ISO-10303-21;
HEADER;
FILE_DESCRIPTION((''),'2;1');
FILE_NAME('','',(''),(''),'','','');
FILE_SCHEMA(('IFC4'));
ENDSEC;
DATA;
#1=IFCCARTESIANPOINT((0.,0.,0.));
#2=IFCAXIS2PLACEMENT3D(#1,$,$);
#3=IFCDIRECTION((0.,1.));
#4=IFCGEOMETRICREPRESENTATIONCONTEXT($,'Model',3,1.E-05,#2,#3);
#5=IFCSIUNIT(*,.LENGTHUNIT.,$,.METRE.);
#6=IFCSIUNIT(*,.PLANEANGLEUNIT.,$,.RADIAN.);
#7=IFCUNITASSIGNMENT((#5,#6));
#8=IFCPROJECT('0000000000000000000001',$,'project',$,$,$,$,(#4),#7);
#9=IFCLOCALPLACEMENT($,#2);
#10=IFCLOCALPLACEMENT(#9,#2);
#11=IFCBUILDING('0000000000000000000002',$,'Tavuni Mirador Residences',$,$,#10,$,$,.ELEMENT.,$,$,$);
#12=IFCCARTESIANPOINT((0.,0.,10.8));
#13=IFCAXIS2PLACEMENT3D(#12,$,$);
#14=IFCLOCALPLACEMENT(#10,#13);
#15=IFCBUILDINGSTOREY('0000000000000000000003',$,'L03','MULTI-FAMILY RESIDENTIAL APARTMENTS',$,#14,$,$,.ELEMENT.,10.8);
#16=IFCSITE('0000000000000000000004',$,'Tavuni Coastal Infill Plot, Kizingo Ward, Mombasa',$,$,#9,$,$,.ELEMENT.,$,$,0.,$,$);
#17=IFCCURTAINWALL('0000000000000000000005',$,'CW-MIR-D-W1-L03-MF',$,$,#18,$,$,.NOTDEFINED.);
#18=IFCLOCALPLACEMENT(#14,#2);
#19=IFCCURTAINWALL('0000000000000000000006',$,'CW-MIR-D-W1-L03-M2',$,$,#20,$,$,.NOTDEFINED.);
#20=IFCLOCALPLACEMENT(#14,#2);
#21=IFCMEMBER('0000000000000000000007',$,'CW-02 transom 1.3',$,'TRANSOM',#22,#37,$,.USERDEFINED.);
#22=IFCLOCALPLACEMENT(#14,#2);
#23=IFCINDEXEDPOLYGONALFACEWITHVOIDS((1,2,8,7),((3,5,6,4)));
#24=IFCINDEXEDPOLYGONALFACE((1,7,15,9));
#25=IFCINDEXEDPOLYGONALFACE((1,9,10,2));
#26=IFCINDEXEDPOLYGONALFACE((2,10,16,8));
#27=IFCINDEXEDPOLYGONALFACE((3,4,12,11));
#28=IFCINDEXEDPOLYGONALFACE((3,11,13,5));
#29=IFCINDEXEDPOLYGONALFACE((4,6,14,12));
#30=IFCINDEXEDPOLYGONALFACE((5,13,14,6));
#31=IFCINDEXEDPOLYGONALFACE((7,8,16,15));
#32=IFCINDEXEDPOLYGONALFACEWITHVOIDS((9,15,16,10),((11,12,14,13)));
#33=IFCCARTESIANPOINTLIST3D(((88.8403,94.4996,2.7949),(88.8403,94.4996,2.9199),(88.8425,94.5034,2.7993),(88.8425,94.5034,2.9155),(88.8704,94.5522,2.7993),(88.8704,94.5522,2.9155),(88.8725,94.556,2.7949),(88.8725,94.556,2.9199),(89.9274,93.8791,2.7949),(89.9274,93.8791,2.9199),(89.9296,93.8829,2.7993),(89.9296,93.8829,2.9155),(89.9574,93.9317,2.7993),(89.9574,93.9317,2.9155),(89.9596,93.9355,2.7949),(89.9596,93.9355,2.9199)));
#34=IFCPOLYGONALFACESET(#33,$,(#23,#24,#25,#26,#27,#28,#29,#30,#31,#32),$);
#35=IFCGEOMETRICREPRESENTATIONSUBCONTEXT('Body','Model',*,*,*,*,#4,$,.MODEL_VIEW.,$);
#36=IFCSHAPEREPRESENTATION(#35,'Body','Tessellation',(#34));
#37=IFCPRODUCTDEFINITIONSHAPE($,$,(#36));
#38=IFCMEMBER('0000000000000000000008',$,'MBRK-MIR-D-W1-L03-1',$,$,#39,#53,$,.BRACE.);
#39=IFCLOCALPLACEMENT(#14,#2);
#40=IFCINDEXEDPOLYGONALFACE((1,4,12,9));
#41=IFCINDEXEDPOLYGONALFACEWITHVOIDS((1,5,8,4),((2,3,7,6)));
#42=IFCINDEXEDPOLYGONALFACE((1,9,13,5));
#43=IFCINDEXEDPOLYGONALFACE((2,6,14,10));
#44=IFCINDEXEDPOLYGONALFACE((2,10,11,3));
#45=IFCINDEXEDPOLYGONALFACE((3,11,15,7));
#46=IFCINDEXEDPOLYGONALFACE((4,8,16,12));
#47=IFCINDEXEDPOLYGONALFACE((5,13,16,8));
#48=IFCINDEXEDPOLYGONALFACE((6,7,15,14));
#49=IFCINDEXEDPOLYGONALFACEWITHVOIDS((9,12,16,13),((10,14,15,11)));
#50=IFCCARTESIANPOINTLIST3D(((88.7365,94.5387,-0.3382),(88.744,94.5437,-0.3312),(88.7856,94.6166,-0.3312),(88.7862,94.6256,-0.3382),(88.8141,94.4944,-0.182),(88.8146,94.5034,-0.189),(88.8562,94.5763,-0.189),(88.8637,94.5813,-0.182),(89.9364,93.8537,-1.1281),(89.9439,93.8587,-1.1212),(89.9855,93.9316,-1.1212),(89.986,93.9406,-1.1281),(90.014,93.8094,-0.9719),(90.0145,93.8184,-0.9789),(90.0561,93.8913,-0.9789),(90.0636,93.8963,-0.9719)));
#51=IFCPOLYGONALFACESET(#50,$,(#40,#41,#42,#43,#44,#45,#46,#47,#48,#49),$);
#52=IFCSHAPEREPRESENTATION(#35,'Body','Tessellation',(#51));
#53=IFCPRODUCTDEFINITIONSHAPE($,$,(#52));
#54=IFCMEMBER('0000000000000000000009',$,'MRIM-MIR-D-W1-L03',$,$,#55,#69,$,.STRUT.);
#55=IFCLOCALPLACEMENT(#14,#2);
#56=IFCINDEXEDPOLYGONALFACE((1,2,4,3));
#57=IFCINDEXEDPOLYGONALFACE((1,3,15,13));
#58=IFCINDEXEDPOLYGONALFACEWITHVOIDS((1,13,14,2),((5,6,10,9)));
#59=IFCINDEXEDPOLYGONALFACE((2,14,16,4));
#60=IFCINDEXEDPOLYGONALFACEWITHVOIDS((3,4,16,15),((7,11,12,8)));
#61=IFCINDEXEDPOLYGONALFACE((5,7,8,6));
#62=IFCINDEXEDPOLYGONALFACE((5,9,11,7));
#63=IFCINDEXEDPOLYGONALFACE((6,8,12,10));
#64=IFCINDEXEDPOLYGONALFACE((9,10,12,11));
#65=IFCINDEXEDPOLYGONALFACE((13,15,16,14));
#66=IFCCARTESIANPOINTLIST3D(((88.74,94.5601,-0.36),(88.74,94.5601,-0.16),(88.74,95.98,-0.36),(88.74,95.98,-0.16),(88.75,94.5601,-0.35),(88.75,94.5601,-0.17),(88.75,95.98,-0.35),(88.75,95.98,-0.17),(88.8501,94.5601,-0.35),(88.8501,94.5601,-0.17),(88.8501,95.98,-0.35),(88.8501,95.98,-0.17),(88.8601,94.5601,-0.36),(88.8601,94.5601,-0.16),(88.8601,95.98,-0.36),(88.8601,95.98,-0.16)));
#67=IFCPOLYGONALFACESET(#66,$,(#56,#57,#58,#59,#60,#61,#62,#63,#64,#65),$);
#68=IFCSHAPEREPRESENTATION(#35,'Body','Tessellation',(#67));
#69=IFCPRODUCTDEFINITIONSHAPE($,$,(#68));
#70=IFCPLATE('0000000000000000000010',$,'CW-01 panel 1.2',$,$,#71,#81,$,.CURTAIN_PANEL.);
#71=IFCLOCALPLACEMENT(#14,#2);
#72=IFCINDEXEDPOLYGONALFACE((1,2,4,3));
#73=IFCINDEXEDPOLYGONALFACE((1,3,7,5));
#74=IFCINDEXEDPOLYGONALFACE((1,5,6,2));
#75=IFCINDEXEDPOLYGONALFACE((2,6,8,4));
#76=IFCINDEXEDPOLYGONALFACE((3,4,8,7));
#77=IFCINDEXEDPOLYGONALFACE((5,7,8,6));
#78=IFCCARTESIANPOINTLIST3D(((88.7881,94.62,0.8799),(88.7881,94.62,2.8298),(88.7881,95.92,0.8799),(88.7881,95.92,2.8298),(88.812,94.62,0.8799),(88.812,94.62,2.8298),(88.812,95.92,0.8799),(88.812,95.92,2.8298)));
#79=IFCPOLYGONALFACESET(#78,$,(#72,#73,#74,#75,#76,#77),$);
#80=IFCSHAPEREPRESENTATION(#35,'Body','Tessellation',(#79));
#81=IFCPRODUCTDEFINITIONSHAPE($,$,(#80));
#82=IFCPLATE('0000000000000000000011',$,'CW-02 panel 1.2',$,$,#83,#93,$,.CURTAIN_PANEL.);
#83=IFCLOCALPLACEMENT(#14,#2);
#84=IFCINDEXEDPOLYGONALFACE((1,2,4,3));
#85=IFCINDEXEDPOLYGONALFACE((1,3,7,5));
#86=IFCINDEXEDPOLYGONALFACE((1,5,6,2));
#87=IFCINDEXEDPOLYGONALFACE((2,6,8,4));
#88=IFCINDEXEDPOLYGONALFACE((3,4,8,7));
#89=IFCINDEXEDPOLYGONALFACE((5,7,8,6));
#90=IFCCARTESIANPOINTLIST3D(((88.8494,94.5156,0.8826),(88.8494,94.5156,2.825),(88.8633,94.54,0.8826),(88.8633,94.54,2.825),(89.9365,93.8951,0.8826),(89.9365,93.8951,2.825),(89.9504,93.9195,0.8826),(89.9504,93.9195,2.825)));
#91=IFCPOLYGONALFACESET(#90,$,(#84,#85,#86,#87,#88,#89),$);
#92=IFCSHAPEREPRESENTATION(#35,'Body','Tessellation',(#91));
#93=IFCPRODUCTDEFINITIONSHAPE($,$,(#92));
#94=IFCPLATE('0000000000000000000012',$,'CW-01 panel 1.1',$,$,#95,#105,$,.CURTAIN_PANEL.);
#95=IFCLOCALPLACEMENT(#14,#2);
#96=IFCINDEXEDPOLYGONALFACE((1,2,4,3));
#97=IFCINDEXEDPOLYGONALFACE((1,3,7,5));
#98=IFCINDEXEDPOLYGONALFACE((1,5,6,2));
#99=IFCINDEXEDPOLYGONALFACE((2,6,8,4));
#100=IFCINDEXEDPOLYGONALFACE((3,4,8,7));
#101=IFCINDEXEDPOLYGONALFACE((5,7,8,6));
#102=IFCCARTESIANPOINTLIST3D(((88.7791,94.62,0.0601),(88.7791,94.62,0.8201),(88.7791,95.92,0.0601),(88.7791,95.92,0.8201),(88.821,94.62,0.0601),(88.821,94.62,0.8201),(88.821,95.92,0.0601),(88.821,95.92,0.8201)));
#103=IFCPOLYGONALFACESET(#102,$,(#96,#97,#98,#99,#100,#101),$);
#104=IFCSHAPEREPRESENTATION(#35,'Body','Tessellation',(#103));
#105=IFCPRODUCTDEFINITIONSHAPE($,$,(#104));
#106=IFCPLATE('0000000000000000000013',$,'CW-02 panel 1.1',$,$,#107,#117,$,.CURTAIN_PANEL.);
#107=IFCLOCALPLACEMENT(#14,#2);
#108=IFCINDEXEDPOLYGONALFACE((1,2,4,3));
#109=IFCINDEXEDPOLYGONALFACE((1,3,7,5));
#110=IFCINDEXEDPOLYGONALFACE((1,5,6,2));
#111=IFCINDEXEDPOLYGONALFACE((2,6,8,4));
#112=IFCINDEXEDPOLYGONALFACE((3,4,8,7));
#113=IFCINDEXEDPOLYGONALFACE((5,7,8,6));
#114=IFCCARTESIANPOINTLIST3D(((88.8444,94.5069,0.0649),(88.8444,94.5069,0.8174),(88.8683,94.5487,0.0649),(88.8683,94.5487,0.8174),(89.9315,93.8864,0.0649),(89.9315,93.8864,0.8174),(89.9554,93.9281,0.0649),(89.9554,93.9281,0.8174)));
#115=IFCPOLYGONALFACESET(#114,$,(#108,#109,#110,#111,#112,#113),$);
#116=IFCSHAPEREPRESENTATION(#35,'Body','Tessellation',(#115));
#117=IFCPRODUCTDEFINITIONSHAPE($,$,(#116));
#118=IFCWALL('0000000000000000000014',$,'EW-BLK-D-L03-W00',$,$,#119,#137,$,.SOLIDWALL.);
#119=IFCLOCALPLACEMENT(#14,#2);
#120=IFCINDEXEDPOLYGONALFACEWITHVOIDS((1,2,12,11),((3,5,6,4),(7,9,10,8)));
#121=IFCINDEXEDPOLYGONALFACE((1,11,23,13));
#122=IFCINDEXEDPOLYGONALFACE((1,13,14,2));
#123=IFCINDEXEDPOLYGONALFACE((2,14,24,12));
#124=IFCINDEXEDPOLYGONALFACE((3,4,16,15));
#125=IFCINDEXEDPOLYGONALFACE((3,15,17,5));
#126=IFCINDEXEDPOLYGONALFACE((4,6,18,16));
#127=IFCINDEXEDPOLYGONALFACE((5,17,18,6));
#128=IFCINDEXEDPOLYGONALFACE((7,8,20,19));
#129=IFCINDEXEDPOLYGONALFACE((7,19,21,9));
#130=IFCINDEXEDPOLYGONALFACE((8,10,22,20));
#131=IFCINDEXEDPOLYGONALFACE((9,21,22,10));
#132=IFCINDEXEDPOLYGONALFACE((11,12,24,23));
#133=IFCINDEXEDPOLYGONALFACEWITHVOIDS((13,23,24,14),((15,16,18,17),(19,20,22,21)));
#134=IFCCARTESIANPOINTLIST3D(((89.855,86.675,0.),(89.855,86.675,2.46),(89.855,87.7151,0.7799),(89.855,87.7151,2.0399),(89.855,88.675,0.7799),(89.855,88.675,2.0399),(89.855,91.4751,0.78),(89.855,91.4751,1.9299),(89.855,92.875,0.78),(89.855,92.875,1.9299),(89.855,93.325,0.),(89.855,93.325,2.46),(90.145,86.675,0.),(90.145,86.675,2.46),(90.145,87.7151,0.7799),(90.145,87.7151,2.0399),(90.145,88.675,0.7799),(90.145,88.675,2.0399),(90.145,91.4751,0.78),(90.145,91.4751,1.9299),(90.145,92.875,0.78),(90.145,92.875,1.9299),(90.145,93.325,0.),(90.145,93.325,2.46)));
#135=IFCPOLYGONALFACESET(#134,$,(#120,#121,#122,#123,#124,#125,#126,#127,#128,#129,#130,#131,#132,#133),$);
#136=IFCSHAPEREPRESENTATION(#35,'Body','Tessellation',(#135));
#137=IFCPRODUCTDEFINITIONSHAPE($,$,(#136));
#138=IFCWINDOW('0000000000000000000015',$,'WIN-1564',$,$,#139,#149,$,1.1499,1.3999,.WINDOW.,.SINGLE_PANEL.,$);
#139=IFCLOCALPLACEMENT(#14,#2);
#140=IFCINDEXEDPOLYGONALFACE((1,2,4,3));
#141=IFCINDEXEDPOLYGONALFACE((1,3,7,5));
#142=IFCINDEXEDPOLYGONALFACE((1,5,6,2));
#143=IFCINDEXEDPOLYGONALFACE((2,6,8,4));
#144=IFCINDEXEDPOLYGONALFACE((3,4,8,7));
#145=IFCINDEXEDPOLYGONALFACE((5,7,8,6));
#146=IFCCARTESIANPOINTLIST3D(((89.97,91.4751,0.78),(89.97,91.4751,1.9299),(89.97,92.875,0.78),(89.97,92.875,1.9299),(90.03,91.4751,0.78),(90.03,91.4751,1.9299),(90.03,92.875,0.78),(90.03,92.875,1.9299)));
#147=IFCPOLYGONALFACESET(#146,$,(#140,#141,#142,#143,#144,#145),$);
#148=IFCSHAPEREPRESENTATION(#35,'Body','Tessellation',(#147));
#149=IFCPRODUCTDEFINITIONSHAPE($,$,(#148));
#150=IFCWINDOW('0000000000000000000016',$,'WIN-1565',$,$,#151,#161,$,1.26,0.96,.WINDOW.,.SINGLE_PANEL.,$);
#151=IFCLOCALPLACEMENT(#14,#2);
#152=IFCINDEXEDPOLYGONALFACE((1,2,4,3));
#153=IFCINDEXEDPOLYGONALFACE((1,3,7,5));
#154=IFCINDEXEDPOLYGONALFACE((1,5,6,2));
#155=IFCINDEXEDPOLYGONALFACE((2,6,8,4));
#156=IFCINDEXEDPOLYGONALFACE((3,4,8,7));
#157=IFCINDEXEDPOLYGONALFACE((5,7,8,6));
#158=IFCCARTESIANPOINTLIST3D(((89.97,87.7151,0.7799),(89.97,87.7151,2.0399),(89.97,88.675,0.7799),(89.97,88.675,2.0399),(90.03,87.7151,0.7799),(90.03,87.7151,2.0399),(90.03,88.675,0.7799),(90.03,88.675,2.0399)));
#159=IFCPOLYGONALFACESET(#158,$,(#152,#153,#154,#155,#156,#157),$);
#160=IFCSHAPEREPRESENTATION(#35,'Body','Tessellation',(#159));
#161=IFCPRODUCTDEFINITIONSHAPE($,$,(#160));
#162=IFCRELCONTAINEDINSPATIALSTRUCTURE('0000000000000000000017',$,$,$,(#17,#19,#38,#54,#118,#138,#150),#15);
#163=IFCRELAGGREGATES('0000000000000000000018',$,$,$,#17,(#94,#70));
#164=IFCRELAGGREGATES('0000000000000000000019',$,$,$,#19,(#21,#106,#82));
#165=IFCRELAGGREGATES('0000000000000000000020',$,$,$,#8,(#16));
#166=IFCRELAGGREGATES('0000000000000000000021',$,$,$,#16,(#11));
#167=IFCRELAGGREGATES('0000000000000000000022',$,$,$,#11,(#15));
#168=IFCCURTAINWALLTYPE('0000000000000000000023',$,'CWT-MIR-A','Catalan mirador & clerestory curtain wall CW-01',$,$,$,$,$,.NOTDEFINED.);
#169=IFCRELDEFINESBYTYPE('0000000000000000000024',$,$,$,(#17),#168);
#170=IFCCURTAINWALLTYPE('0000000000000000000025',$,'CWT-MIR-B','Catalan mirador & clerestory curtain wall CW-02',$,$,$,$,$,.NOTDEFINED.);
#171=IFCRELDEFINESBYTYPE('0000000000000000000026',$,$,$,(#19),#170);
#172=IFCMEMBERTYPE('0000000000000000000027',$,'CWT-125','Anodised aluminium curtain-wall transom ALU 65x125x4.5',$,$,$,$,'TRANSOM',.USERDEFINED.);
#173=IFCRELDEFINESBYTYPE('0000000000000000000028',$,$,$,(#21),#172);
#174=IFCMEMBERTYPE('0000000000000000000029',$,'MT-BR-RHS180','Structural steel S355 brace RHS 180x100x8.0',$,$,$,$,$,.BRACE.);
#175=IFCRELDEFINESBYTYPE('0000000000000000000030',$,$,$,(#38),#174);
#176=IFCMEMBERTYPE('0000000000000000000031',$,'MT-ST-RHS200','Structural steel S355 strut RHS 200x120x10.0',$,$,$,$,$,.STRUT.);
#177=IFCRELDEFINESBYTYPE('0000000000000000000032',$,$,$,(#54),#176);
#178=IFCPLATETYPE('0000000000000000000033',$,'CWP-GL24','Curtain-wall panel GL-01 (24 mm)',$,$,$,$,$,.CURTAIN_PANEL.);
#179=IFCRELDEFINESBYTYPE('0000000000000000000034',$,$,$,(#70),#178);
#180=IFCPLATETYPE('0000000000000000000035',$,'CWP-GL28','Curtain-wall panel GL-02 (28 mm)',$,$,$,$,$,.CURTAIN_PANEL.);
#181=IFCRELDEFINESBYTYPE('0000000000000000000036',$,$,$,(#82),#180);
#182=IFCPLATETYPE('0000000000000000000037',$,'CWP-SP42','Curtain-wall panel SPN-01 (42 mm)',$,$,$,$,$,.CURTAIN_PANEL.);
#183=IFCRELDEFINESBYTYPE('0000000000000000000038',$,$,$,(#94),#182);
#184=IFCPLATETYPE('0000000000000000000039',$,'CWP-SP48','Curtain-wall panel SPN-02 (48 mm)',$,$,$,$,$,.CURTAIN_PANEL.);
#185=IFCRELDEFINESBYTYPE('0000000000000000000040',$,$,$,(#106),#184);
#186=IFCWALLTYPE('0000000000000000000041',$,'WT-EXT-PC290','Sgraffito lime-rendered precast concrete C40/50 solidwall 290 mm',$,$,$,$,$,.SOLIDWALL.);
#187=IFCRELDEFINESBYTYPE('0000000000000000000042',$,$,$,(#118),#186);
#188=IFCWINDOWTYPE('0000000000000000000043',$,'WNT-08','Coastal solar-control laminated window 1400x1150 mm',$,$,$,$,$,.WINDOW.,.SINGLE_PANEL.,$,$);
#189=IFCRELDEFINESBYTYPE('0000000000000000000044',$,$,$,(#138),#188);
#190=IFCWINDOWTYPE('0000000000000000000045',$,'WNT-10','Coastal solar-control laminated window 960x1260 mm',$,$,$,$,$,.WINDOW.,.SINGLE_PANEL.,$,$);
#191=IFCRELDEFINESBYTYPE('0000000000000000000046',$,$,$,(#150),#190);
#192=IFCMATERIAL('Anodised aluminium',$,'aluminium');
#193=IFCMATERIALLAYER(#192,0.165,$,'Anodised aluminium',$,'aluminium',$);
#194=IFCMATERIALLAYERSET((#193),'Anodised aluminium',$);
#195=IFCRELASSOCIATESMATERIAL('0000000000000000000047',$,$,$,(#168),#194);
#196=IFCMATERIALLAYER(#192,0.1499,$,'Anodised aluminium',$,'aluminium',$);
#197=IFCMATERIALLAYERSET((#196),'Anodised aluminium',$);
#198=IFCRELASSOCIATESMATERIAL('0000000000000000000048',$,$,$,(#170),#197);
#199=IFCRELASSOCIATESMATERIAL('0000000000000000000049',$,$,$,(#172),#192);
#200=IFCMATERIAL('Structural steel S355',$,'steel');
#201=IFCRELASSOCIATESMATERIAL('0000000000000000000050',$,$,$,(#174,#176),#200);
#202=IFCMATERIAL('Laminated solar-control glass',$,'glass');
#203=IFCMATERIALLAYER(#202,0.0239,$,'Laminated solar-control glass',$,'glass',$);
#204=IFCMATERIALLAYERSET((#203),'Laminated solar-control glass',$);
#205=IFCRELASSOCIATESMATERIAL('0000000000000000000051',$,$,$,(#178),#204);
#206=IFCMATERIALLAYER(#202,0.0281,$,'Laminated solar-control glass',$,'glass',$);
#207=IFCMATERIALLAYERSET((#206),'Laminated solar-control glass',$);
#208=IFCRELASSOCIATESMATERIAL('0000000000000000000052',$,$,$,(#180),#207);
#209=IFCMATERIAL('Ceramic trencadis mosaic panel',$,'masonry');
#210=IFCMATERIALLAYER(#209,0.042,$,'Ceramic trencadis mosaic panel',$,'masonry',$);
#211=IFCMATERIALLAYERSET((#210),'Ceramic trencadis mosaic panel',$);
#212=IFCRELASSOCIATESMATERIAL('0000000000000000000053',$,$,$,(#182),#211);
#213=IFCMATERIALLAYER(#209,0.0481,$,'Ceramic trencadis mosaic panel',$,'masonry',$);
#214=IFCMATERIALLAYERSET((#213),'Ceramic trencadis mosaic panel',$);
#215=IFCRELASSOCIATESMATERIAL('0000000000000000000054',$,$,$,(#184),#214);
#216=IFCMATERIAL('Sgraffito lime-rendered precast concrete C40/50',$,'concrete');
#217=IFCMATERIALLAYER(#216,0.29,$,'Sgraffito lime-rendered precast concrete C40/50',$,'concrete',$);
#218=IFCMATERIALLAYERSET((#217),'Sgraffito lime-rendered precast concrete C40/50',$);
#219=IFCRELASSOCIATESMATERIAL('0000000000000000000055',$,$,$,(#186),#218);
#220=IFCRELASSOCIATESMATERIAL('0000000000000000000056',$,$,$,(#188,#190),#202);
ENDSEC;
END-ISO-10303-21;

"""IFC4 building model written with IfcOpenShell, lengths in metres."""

from ifc_helpers import new_model, si_unit, direction, frame, frame_2d, origin, origin_2d, place, context, subcontext, project, spatial, rectangle, hollow_rectangle, extrude, material, layer, layer_set, material_profile, profile_set, type_object, element, fill, aggregate, save


model = new_model("IFC4")

# Units and contexts
model_context = context("Model", 3, precision=1e-05, world=origin(), true_north=direction((0.0, 1.0)))
body_context = subcontext(model_context, "Body", "Model", "MODEL_VIEW")
ifc_project = project(units=[si_unit("LENGTHUNIT", "METRE"), si_unit("PLANEANGLEUNIT", "RADIAN")], contexts=[model_context])

# Site, building, storey
site_placement = place(None, origin())
site = spatial("IfcSite", under=ifc_project, at=site_placement, Name="Tavuni Coastal Infill Plot, Kizingo Ward, Mombasa", CompositionType="ELEMENT", RefElevation=0.0)
building_placement = place(site_placement, origin())
building = spatial("IfcBuilding", under=site, at=building_placement, Name="Tavuni Mirador Residences", CompositionType="ELEMENT")
storey_placement = place(building_placement, frame((0.0, 0.0, 10.8)))
storey = spatial("IfcBuildingStorey", under=building, at=storey_placement, Name="L03", Description="MULTI-FAMILY RESIDENTIAL APARTMENTS", CompositionType="ELEMENT", Elevation=10.8)

# Curtain wall
ifc_material_1 = material(Name="Anodised aluminium", Category="aluminium")
ifc_layer_1 = layer(ifc_material_1, 0.165, Name="Anodised aluminium", Category="aluminium")
ifc_layer_set_1 = layer_set([ifc_layer_1], Name="Anodised aluminium")
curtain_wall_type_1 = type_object("IfcCurtainWallType", Name="CWT-MIR-A", Description="Catalan mirador & clerestory curtain wall CW-01", PredefinedType="NOTDEFINED", material=ifc_layer_set_1)
curtain_wall_1_placement = place(storey_placement, origin())
curtain_wall_1 = element("IfcCurtainWall", 1, at=curtain_wall_1_placement, inside=storey, type_object=curtain_wall_type_1, Name="CW-MIR-D-W1-L03-MF", PredefinedType="NOTDEFINED")

# Curtain wall
ifc_layer_2 = layer(ifc_material_1, 0.1499, Name="Anodised aluminium", Category="aluminium")
ifc_layer_set_2 = layer_set([ifc_layer_2], Name="Anodised aluminium")
curtain_wall_type_2 = type_object("IfcCurtainWallType", Name="CWT-MIR-B", Description="Catalan mirador & clerestory curtain wall CW-02", PredefinedType="NOTDEFINED", material=ifc_layer_set_2)
curtain_wall_2_placement = place(storey_placement, origin())
curtain_wall_2 = element("IfcCurtainWall", 2, at=curtain_wall_2_placement, inside=storey, type_object=curtain_wall_type_2, Name="CW-MIR-D-W1-L03-M2", PredefinedType="NOTDEFINED")

# Member
ifc_material_profile_1 = material_profile(ifc_material_1, hollow_rectangle(XDim=0.0649, YDim=0.125, WallThickness=0.0044, at=origin_2d()), Name="ALU 65x125x4.5", Category="aluminium")
ifc_profile_set_1 = profile_set([ifc_material_profile_1], Name="Anodised aluminium")
member_type_1 = type_object("IfcMemberType", Name="CWT-125", Description="Anodised aluminium curtain-wall transom ALU 65x125x4.5", ElementType="TRANSOM", PredefinedType="USERDEFINED", material=ifc_profile_set_1)
member_1_placement = place(storey_placement, frame((88.8564, 94.5278, 2.8574), z_axis=(0.868459, -0.495761, 0.0), x_axis=(0.495761, 0.868459, 0.0)))
member_1 = element("IfcMember", 3, at=member_1_placement, type_object=member_type_1, Name="CW-02 transom 1.3", ObjectType="TRANSOM", PredefinedType="USERDEFINED", context=body_context, shape_type="SweptSolid", body=[
    extrude(hollow_rectangle(XDim=0.0649, YDim=0.125, WallThickness=0.0044, at=origin_2d()), origin(), (0.0, 0.0, 1.0), 1.2517),
])

# Members
ifc_material_2 = material(Name="Structural steel S355", Category="steel")
ifc_material_profile_2 = material_profile(ifc_material_2, hollow_rectangle(XDim=0.1001, YDim=0.1799, WallThickness=0.0081, at=origin_2d()), Name="RHS 180x100x8.0", Category="steel")
ifc_profile_set_2 = profile_set([ifc_material_profile_2], Name="Structural steel S355")
member_type_2 = type_object("IfcMemberType", Name="MT-BR-RHS180", Description="Structural steel S355 brace RHS 180x100x8.0", PredefinedType="BRACE", material=ifc_profile_set_2)
member_2_placement = place(storey_placement, frame((90.0, 93.875, -1.05), z_axis=(-0.753904, 0.430408, 0.496365), x_axis=(-0.495796, -0.868439, 0.0)))
element("IfcMember", 4, at=member_2_placement, inside=storey, type_object=member_type_2, Name="MBRK-MIR-D-W1-L03-1", PredefinedType="BRACE", context=body_context, shape_type="SweptSolid", body=[
    extrude(hollow_rectangle(XDim=0.1001, YDim=0.1799, WallThickness=0.0081, at=origin_2d()), origin(), (0.0, 0.0, 1.0), 1.5916),
])
ifc_material_profile_3 = material_profile(ifc_material_2, hollow_rectangle(XDim=0.1201, YDim=0.2, WallThickness=0.01, at=origin_2d()), Name="RHS 200x120x10.0", Category="steel")
ifc_profile_set_3 = profile_set([ifc_material_profile_3], Name="Structural steel S355")
member_type_3 = type_object("IfcMemberType", Name="MT-ST-RHS200", Description="Structural steel S355 strut RHS 200x120x10.0", PredefinedType="STRUT", material=ifc_profile_set_3)
member_3_placement = place(storey_placement, frame((88.8, 94.5601, -0.26), z_axis=(0.0, 1.0, 0.0), x_axis=(-1.0, 0.0, 0.0)))
element("IfcMember", 5, at=member_3_placement, inside=storey, type_object=member_type_3, Name="MRIM-MIR-D-W1-L03", PredefinedType="STRUT", context=body_context, shape_type="SweptSolid", body=[
    extrude(hollow_rectangle(XDim=0.1201, YDim=0.2, WallThickness=0.01, at=origin_2d()), origin(), (0.0, 0.0, 1.0), 1.4199),
])

# Plates
ifc_material_3 = material(Name="Laminated solar-control glass", Category="glass")
ifc_layer_3 = layer(ifc_material_3, 0.0239, Name="Laminated solar-control glass", Category="glass")
ifc_layer_set_3 = layer_set([ifc_layer_3], Name="Laminated solar-control glass")
plate_type_1 = type_object("IfcPlateType", Name="CWP-GL24", Description="Curtain-wall panel GL-01 (24 mm)", PredefinedType="CURTAIN_PANEL", material=ifc_layer_set_3)
plate_1_placement = place(storey_placement, frame((88.8, 95.27, 0.8799), z_axis=(0.0, 0.0, 1.0), x_axis=(0.0, -1.0, 0.0)))
plate_1 = element("IfcPlate", 6, at=plate_1_placement, type_object=plate_type_1, Name="CW-01 panel 1.2", PredefinedType="CURTAIN_PANEL", context=body_context, shape_type="SweptSolid", body=[
    extrude(rectangle(XDim=1.3, YDim=0.0239, at=origin_2d()), origin(), (0.0, 0.0, 1.0), 1.95),
])
ifc_layer_4 = layer(ifc_material_3, 0.0281, Name="Laminated solar-control glass", Category="glass")
ifc_layer_set_4 = layer_set([ifc_layer_4], Name="Laminated solar-control glass")
plate_type_2 = type_object("IfcPlateType", Name="CWP-GL28", Description="Curtain-wall panel GL-02 (28 mm)", PredefinedType="CURTAIN_PANEL", material=ifc_layer_set_4)
plate_2_placement = place(storey_placement, frame((89.3999, 94.2175, 0.8826), z_axis=(0.0, 0.0, 1.0), x_axis=(0.868466, -0.495749, 0.0)))
plate_2 = element("IfcPlate", 7, at=plate_2_placement, type_object=plate_type_2, Name="CW-02 panel 1.2", PredefinedType="CURTAIN_PANEL", context=body_context, shape_type="SweptSolid", body=[
    extrude(rectangle(XDim=1.2517, YDim=0.0281, at=origin_2d()), origin(), (0.0, 0.0, 1.0), 1.9424),
])
ifc_material_4 = material(Name="Ceramic trencadis mosaic panel", Category="masonry")
ifc_layer_5 = layer(ifc_material_4, 0.042, Name="Ceramic trencadis mosaic panel", Category="masonry")
ifc_layer_set_5 = layer_set([ifc_layer_5], Name="Ceramic trencadis mosaic panel")
plate_type_3 = type_object("IfcPlateType", Name="CWP-SP42", Description="Curtain-wall panel SPN-01 (42 mm)", PredefinedType="CURTAIN_PANEL", material=ifc_layer_set_5)
plate_3_placement = place(storey_placement, frame((88.8, 95.27, 0.0601), z_axis=(0.0, 0.0, 1.0), x_axis=(0.0, -1.0, 0.0)))
plate_3 = element("IfcPlate", 8, at=plate_3_placement, type_object=plate_type_3, Name="CW-01 panel 1.1", PredefinedType="CURTAIN_PANEL", context=body_context, shape_type="SweptSolid", body=[
    extrude(rectangle(XDim=1.3, YDim=0.042, at=origin_2d()), origin(), (0.0, 0.0, 1.0), 0.76),
])
aggregate(curtain_wall_1, [plate_3, plate_1])
ifc_layer_6 = layer(ifc_material_4, 0.0481, Name="Ceramic trencadis mosaic panel", Category="masonry")
ifc_layer_set_6 = layer_set([ifc_layer_6], Name="Ceramic trencadis mosaic panel")
plate_type_4 = type_object("IfcPlateType", Name="CWP-SP48", Description="Curtain-wall panel SPN-02 (48 mm)", PredefinedType="CURTAIN_PANEL", material=ifc_layer_set_6)
plate_4_placement = place(storey_placement, frame((89.3999, 94.2175, 0.0649), z_axis=(0.0, 0.0, 1.0), x_axis=(0.868466, -0.495749, 0.0)))
plate_4 = element("IfcPlate", 9, at=plate_4_placement, type_object=plate_type_4, Name="CW-02 panel 1.1", PredefinedType="CURTAIN_PANEL", context=body_context, shape_type="SweptSolid", body=[
    extrude(rectangle(XDim=1.2517, YDim=0.0481, at=origin_2d()), origin(), (0.0, 0.0, 1.0), 0.7524),
])
aggregate(curtain_wall_2, [member_1, plate_4, plate_2])

# Wall, openings, windows
ifc_material_5 = material(Name="Sgraffito lime-rendered precast concrete C40/50", Category="concrete")
ifc_layer_7 = layer(ifc_material_5, 0.29, Name="Sgraffito lime-rendered precast concrete C40/50", Category="concrete")
ifc_layer_set_7 = layer_set([ifc_layer_7], Name="Sgraffito lime-rendered precast concrete C40/50")
wall_type_1 = type_object("IfcWallType", Name="WT-EXT-PC290", Description="Sgraffito lime-rendered precast concrete C40/50 solidwall 290 mm", PredefinedType="SOLIDWALL", material=ifc_layer_set_7)
wall_1_placement = place(storey_placement, frame((90.0, 93.325, 0.0), z_axis=(0.0, 0.0, 1.0), x_axis=(0.0, -1.0, 0.0)))
wall_1 = element("IfcWall", 10, at=wall_1_placement, inside=storey, type_object=wall_type_1, Name="EW-BLK-D-L03-W00", PredefinedType="SOLIDWALL", context=body_context, shape_type="SweptSolid", body=[
    extrude(rectangle(XDim=6.6499, YDim=0.29, at=frame_2d((3.325, 0.0))), origin(), (0.0, 0.0, 1.0), 2.46),
])
opening_1_placement = place(wall_1_placement, frame((0.45, 0.0, 0.78)))
opening_1 = element("IfcOpeningElement", 11, at=opening_1_placement, cuts=wall_1, PredefinedType="OPENING", context=body_context, shape_type="SweptSolid", body=[
    extrude(rectangle(XDim=1.3999, YDim=1.1499, at=frame_2d((0.7, 0.575))), frame((0.0, 0.155, 0.0), z_axis=(0.0, -1.0, 0.0), x_axis=(1.0, 0.0, 0.0)), (0.0, 0.0, 1.0), 0.3101),
])
opening_2_placement = place(wall_1_placement, frame((4.6499, 0.0, 0.78)))
opening_2 = element("IfcOpeningElement", 12, at=opening_2_placement, cuts=wall_1, PredefinedType="OPENING", context=body_context, shape_type="SweptSolid", body=[
    extrude(rectangle(XDim=0.96, YDim=1.26, at=frame_2d((0.48, 0.6299))), frame((0.0, 0.155, 0.0), z_axis=(0.0, -1.0, 0.0), x_axis=(1.0, 0.0, 0.0)), (0.0, 0.0, 1.0), 0.3101),
])
window_type_1 = type_object("IfcWindowType", Name="WNT-08", Description="Coastal solar-control laminated window 1400x1150 mm", PartitioningType="SINGLE_PANEL", PredefinedType="WINDOW", material=ifc_material_3)
window_1_placement = place(opening_1_placement, origin())
window_1 = element("IfcWindow", 13, at=window_1_placement, inside=storey, type_object=window_type_1, Name="WIN-1564", OverallHeight=1.1499, OverallWidth=1.3999, PartitioningType="SINGLE_PANEL", PredefinedType="WINDOW", context=body_context, shape_type="SweptSolid", body=[
    extrude(rectangle(XDim=1.3999, YDim=1.1499, at=frame_2d((0.7, 0.575))), frame((0.0, 0.03, 0.0), z_axis=(0.0, -1.0, 0.0), x_axis=(1.0, 0.0, 0.0)), (0.0, 0.0, 1.0), 0.0601),
])
fill(opening_1, window_1)
window_type_2 = type_object("IfcWindowType", Name="WNT-10", Description="Coastal solar-control laminated window 960x1260 mm", PartitioningType="SINGLE_PANEL", PredefinedType="WINDOW", material=ifc_material_3)
window_2_placement = place(opening_2_placement, origin())
window_2 = element("IfcWindow", 14, at=window_2_placement, inside=storey, type_object=window_type_2, Name="WIN-1565", OverallHeight=1.26, OverallWidth=0.96, PartitioningType="SINGLE_PANEL", PredefinedType="WINDOW", context=body_context, shape_type="SweptSolid", body=[
    extrude(rectangle(XDim=0.96, YDim=1.26, at=frame_2d((0.48, 0.6299))), frame((0.0, 0.03, 0.0), z_axis=(0.0, -1.0, 0.0), x_axis=(1.0, 0.0, 0.0)), (0.0, 0.0, 1.0), 0.0601),
])
fill(opening_2, window_2)

save(model, "model.ifc")
